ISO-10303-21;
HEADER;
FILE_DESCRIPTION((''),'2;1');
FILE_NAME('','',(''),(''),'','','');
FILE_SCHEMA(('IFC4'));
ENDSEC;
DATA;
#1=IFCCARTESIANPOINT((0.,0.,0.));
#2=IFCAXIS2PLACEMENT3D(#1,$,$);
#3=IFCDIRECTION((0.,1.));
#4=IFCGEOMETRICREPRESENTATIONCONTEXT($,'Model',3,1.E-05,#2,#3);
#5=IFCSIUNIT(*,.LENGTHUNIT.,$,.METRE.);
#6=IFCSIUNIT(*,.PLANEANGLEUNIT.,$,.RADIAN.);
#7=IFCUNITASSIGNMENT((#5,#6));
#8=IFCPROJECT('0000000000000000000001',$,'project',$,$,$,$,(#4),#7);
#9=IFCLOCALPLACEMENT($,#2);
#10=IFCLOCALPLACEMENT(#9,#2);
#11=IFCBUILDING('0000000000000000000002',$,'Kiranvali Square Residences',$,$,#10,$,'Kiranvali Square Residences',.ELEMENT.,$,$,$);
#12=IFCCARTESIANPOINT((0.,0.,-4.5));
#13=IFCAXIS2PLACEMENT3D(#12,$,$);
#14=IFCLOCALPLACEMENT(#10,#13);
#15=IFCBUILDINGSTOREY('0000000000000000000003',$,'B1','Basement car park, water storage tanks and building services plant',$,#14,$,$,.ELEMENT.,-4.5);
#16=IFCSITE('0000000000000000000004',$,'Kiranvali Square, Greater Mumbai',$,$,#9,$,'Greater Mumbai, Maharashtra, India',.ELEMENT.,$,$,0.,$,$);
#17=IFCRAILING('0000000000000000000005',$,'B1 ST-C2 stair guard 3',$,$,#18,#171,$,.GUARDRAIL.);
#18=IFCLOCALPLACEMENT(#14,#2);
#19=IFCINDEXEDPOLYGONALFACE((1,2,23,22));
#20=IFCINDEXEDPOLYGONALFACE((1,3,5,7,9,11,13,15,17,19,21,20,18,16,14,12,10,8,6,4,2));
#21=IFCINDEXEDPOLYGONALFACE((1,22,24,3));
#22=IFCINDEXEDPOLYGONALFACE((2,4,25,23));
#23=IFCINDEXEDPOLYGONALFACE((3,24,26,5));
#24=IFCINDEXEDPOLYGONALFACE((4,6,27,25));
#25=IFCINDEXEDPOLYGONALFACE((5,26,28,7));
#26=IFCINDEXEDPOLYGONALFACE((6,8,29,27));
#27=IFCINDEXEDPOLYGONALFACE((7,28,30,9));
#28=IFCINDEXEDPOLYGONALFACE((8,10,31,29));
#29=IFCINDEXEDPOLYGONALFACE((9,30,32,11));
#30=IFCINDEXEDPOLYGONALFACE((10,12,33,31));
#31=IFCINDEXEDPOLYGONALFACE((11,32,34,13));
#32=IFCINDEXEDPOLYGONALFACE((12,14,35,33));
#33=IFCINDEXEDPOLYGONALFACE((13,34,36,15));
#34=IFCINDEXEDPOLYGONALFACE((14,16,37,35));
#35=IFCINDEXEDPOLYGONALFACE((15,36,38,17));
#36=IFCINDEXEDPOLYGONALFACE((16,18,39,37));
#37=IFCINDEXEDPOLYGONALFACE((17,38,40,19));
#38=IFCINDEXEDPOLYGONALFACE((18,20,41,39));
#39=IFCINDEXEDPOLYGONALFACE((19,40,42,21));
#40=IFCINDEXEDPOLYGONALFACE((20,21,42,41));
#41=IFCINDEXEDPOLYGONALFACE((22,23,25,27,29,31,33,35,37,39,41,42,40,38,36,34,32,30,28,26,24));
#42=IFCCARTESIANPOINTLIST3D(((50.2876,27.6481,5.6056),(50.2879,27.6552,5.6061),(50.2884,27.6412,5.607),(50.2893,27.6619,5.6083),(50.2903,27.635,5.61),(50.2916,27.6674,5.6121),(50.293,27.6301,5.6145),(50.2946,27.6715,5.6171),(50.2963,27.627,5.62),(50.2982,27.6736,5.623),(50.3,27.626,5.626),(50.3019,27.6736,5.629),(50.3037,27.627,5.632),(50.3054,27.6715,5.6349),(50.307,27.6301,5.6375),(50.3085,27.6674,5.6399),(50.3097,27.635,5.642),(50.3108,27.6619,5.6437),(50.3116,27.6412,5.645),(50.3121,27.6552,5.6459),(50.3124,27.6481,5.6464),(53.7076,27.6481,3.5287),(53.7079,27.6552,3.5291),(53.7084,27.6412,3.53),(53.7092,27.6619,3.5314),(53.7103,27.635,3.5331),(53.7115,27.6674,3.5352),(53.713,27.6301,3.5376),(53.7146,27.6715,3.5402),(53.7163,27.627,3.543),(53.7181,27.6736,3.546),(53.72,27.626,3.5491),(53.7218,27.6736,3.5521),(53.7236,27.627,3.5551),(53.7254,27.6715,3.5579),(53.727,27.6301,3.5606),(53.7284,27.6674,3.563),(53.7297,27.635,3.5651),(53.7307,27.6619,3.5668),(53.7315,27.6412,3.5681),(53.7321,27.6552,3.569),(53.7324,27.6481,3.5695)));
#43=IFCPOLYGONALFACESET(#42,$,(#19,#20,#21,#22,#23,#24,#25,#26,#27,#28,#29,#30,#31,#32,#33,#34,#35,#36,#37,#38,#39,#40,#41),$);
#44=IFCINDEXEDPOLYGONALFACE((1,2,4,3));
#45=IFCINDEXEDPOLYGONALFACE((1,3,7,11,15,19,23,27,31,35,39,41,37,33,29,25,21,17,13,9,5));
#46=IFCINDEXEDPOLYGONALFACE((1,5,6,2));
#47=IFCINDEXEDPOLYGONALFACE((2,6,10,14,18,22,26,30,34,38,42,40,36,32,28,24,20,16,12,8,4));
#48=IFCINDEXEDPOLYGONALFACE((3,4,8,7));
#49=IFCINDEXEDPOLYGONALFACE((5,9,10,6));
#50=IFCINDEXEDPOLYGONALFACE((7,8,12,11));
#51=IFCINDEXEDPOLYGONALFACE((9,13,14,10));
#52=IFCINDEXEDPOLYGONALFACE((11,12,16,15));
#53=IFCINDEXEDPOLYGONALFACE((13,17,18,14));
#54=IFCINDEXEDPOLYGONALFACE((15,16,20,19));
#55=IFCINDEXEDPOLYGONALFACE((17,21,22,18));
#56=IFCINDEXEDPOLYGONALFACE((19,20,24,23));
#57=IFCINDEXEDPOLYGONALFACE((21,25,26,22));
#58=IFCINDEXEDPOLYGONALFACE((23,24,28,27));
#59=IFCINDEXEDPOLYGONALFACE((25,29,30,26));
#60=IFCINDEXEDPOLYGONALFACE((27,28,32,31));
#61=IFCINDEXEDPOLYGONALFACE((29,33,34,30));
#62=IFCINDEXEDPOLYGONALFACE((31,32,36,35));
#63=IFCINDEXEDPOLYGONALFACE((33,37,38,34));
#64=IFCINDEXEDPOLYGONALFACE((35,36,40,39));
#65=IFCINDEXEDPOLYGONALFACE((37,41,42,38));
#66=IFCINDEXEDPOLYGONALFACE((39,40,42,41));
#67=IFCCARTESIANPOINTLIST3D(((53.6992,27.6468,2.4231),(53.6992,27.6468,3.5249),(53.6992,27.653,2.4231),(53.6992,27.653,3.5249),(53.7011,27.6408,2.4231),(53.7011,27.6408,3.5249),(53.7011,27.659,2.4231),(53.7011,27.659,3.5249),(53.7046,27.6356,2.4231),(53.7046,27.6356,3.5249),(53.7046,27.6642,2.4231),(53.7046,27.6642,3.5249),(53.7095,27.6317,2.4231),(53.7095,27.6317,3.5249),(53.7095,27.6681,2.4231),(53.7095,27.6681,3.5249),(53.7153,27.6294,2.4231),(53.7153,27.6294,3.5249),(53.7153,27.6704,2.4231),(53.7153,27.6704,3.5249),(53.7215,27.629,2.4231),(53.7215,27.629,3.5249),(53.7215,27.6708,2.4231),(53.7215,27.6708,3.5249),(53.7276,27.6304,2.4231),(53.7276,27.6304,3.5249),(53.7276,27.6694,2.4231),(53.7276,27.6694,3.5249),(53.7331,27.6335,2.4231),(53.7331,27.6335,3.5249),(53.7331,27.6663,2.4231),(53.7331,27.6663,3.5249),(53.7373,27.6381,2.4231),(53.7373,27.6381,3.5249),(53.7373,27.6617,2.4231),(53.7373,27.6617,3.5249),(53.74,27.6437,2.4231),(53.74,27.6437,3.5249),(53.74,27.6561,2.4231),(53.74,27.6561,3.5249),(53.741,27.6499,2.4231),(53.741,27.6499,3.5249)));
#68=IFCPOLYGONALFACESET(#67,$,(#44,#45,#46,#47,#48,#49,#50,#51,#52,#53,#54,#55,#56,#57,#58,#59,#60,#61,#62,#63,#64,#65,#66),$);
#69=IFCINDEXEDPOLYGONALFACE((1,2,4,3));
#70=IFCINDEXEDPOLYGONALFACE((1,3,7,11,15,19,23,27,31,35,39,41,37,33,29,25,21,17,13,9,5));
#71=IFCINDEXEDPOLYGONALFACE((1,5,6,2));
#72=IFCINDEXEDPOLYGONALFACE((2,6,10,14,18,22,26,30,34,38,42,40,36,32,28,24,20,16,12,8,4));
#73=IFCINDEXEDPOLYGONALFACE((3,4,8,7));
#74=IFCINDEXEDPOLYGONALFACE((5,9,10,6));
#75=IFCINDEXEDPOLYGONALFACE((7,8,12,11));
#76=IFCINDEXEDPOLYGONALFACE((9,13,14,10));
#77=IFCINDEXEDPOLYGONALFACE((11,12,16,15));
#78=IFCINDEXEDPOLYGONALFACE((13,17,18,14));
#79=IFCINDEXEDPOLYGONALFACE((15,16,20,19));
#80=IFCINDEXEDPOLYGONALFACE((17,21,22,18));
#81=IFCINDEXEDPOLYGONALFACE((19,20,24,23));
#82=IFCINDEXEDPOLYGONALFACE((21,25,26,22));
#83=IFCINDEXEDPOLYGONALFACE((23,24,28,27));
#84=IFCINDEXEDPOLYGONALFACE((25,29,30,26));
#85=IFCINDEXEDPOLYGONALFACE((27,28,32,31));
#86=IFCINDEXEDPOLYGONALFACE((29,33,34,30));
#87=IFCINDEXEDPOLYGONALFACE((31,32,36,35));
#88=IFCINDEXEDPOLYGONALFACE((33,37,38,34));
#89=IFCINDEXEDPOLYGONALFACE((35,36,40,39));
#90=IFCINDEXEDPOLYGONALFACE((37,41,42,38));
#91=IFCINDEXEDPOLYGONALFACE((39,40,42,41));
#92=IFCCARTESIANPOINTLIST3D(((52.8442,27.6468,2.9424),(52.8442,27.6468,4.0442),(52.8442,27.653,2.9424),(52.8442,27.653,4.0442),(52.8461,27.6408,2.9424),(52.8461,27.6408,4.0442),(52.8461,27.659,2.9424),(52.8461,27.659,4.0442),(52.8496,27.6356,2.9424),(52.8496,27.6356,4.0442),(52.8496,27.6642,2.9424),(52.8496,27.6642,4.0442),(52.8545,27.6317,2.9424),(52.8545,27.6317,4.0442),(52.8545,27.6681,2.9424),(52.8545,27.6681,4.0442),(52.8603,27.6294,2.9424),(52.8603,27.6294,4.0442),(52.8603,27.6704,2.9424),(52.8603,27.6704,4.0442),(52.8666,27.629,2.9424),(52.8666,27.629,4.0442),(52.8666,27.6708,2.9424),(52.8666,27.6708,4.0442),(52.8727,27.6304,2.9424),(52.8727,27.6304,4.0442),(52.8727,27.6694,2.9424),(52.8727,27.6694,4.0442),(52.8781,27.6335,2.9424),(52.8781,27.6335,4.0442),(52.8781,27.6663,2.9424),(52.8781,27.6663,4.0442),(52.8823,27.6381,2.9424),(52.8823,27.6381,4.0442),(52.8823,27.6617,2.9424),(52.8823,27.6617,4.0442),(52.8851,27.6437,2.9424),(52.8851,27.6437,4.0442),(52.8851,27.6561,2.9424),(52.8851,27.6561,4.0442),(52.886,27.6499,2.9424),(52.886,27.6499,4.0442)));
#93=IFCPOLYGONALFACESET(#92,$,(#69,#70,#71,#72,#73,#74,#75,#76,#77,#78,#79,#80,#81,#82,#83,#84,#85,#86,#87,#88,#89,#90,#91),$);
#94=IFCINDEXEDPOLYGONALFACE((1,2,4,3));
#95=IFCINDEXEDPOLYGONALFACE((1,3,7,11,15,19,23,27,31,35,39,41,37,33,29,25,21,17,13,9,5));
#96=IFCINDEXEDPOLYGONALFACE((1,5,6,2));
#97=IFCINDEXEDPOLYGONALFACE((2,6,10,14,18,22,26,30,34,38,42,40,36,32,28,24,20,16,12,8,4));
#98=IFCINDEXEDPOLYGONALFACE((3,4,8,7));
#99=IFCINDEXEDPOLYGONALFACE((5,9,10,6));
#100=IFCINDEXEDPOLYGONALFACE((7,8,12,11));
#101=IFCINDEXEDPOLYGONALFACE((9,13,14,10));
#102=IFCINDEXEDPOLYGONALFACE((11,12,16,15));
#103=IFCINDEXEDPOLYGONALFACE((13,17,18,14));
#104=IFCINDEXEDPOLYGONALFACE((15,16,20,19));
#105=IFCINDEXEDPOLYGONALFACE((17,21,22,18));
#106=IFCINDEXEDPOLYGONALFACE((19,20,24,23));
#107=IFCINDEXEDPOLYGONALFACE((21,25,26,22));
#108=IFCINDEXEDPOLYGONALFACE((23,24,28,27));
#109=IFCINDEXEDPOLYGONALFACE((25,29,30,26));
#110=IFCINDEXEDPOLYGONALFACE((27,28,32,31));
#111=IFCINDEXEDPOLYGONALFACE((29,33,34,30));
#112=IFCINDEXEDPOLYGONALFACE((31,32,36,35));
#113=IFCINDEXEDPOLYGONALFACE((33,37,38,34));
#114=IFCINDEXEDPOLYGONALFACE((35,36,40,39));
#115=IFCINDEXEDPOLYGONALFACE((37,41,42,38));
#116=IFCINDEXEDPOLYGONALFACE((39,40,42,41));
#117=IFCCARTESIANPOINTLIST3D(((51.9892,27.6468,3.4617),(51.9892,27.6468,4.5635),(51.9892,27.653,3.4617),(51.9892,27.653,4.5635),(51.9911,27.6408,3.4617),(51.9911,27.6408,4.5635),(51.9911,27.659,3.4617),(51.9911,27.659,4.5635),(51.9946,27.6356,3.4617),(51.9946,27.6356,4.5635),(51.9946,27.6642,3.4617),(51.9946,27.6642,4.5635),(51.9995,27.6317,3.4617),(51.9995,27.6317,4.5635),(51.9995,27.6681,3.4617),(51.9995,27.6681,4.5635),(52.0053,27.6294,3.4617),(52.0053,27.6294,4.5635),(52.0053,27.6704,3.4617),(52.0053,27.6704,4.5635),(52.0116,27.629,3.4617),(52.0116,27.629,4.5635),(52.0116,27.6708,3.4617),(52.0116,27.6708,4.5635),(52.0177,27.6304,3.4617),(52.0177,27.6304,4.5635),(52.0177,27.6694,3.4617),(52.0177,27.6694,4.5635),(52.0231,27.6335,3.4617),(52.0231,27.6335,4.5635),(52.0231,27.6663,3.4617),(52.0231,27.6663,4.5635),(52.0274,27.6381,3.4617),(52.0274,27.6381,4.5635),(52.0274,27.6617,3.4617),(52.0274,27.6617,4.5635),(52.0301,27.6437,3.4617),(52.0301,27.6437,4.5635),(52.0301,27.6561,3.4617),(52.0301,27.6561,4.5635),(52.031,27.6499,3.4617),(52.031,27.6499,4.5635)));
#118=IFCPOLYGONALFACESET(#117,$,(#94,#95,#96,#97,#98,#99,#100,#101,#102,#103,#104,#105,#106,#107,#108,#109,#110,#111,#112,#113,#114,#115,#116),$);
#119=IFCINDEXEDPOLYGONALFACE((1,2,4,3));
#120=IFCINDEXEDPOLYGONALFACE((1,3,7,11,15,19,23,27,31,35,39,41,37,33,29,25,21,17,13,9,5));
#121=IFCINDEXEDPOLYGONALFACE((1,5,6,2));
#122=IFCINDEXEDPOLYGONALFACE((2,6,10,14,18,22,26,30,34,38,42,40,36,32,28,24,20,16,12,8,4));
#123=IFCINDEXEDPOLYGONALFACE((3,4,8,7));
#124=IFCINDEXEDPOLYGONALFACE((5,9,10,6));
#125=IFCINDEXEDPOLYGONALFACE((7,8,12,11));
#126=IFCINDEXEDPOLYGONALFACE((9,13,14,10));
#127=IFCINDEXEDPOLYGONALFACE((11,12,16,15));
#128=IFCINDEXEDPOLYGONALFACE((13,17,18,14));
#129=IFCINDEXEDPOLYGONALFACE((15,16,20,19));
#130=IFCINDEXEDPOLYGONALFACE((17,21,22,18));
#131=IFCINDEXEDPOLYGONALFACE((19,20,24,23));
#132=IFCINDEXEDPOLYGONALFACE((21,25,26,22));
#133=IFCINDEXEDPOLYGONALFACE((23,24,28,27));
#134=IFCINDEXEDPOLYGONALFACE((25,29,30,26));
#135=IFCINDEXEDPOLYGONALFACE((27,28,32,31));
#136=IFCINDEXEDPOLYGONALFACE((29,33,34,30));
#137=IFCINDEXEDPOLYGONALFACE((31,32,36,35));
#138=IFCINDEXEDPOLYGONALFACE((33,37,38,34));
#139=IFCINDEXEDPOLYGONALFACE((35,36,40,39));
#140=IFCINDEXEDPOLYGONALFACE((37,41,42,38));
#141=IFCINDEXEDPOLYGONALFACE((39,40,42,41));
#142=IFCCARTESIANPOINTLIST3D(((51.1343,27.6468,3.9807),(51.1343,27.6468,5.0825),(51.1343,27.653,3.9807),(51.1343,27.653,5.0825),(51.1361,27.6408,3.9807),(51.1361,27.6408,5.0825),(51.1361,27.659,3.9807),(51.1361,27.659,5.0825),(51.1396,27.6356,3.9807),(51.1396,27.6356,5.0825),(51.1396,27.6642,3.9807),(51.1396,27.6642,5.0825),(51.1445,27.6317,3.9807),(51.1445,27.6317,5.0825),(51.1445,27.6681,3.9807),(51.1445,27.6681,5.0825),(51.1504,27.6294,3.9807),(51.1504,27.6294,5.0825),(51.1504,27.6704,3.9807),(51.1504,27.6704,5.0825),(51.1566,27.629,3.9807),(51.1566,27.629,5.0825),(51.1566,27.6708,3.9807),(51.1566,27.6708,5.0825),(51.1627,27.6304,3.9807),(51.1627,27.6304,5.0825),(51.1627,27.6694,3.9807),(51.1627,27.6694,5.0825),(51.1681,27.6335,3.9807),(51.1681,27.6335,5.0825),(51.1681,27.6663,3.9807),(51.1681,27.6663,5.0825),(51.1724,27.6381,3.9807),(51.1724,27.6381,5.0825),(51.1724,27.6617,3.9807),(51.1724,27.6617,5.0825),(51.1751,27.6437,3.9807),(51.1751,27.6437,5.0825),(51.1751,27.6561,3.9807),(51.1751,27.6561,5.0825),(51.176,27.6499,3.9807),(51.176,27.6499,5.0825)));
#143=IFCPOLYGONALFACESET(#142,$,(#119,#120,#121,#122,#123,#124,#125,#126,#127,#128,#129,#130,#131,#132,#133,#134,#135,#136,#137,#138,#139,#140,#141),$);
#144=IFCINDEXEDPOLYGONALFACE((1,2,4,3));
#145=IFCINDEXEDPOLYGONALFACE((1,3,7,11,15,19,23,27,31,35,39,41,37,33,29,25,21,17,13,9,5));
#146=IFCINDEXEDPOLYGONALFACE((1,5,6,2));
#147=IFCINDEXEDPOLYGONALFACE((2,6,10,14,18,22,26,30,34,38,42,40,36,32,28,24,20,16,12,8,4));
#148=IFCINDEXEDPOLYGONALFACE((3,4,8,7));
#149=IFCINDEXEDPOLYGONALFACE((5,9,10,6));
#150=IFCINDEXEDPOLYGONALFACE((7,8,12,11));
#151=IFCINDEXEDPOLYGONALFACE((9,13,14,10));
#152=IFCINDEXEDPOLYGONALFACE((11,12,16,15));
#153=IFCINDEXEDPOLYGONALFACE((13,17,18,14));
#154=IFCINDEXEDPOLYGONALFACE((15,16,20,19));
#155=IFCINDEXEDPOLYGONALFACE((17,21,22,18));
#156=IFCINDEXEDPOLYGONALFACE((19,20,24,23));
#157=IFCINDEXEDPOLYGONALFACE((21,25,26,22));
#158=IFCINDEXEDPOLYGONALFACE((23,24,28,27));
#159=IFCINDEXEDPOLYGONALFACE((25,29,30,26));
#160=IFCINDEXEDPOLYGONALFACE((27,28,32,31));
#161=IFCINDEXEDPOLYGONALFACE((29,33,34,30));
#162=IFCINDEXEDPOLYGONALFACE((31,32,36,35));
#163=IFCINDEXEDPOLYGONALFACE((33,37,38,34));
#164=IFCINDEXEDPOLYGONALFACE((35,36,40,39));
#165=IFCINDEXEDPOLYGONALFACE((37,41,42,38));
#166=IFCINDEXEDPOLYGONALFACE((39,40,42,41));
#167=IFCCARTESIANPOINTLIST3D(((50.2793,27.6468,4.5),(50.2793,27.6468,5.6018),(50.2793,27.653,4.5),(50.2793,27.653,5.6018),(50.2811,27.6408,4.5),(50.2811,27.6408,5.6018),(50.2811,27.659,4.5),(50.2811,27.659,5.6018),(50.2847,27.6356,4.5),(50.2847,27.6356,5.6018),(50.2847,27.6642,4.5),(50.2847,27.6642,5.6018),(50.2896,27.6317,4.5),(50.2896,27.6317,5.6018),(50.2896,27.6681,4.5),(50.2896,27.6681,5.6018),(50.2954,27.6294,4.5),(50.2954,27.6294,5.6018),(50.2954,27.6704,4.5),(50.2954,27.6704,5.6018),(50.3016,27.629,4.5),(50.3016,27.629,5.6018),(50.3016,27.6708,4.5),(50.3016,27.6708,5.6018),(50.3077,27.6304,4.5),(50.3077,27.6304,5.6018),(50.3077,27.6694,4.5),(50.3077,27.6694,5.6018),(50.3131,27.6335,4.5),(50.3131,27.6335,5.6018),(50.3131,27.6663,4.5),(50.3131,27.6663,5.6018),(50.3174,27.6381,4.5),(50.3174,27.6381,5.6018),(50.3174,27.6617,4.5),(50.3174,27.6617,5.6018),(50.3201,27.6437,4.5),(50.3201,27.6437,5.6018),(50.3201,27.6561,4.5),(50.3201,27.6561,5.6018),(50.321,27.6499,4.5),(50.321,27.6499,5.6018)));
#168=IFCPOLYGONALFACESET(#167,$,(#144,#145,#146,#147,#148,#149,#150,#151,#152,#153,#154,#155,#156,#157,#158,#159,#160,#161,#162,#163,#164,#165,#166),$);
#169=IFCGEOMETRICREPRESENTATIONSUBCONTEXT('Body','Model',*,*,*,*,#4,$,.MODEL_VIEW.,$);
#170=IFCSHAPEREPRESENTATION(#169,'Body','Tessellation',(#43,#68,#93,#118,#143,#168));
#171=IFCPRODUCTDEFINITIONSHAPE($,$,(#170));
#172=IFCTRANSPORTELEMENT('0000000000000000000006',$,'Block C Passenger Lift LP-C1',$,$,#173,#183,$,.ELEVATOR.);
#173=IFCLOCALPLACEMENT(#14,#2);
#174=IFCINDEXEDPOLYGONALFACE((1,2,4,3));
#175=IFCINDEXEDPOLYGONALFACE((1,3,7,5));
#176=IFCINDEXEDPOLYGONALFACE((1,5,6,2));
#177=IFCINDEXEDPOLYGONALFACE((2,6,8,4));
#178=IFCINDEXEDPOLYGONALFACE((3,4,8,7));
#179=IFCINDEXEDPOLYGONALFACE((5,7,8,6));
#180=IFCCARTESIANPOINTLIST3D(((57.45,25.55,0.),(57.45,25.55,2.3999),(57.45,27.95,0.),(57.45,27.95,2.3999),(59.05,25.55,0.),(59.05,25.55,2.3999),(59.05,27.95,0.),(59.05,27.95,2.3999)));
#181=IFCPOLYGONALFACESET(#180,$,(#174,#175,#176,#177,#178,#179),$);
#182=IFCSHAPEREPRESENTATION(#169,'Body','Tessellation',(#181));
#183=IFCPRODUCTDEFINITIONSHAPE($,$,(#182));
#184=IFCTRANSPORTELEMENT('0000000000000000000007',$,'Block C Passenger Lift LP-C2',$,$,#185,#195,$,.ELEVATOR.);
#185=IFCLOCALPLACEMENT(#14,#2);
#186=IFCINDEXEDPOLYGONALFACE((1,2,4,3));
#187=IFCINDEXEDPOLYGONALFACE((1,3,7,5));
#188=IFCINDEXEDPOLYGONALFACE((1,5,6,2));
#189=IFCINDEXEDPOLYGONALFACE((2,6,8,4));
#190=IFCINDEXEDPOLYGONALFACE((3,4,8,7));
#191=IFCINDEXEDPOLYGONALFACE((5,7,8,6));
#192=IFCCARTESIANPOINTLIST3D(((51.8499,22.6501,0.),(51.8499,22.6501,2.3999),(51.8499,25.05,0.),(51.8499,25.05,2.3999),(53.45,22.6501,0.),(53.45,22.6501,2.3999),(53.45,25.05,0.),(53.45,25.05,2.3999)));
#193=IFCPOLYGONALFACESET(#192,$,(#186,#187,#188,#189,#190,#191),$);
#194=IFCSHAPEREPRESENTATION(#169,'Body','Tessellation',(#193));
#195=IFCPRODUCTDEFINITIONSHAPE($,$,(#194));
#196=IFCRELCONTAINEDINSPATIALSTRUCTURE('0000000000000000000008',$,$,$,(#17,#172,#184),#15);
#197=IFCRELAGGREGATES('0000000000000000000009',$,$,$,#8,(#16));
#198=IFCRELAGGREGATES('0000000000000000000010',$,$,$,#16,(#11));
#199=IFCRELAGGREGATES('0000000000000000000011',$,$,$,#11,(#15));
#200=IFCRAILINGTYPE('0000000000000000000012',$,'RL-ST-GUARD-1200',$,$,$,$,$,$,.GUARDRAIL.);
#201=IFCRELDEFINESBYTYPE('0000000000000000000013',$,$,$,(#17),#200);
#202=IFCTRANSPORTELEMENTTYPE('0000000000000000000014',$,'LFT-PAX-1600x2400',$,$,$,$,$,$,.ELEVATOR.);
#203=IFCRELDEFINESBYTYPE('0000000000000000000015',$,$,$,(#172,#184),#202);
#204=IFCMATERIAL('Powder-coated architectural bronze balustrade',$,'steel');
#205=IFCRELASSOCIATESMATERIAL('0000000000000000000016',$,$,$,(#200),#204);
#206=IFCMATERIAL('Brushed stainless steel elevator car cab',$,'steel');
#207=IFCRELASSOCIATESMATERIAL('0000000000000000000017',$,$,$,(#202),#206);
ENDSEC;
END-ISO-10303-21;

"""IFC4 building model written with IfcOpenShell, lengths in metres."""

from ifc_helpers import new_model, si_unit, direction, frame, origin, origin_2d, place, context, subcontext, project, spatial, rectangle, circle, extrude, material, type_object, element, save


model = new_model("IFC4")

# Units and contexts
model_context = context("Model", 3, precision=1e-05, world=origin(), true_north=direction((0.0, 1.0)))
body_context = subcontext(model_context, "Body", "Model", "MODEL_VIEW")
ifc_project = project(units=[si_unit("LENGTHUNIT", "METRE"), si_unit("PLANEANGLEUNIT", "RADIAN")], contexts=[model_context])

# Site, building, storey
site_placement = place(None, origin())
site = spatial("IfcSite", under=ifc_project, at=site_placement, Name="Kiranvali Square, Greater Mumbai", LongName="Greater Mumbai, Maharashtra, India", CompositionType="ELEMENT", RefElevation=0.0)
building_placement = place(site_placement, origin())
building = spatial("IfcBuilding", under=site, at=building_placement, Name="Kiranvali Square Residences", LongName="Kiranvali Square Residences", CompositionType="ELEMENT")
storey_placement = place(building_placement, frame((0.0, 0.0, -4.5)))
storey = spatial("IfcBuildingStorey", under=building, at=storey_placement, Name="B1", Description="Basement car park, water storage tanks and building services plant", CompositionType="ELEMENT", Elevation=-4.5)

# Railing
ifc_material_1 = material(Name="Powder-coated architectural bronze balustrade", Category="steel")
railing_type_1 = type_object("IfcRailingType", Name="RL-ST-GUARD-1200", PredefinedType="GUARDRAIL", material=ifc_material_1)
railing_1_placement = place(storey_placement, frame((53.72, 27.6499, 2.4231)))
element("IfcRailing", 1, at=railing_1_placement, inside=storey, type_object=railing_type_1, Name="B1 ST-C2 stair guard 3", PredefinedType="GUARDRAIL", context=body_context, shape_type="SweptSolid", body=[
    extrude(circle(Radius=0.0239, at=origin_2d()), frame((0.0, 0.0, 1.126), z_axis=(-0.85473, 0.0, 0.519074), x_axis=(0.0, -1.0, 0.0)), (0.0, 0.0, 1.0), 4.0012),
    extrude(circle(Radius=0.021, at=origin_2d()), origin(), (0.0, 0.0, 1.0), 1.1018),
    extrude(circle(Radius=0.021, at=origin_2d()), frame((-0.855, 0.0, 0.5193)), (0.0, 0.0, 1.0), 1.1018),
    extrude(circle(Radius=0.021, at=origin_2d()), frame((-1.71, 0.0, 1.0386)), (0.0, 0.0, 1.0), 1.1018),
    extrude(circle(Radius=0.021, at=origin_2d()), frame((-2.5649, 0.0, 1.5576)), (0.0, 0.0, 1.0), 1.1018),
    extrude(circle(Radius=0.021, at=origin_2d()), frame((-3.4199, 0.0, 2.0769)), (0.0, 0.0, 1.0), 1.1018),
])

# Transport elements
ifc_material_2 = material(Name="Brushed stainless steel elevator car cab", Category="steel")
transport_element_type = type_object("IfcTransportElementType", Name="LFT-PAX-1600x2400", PredefinedType="ELEVATOR", material=ifc_material_2)
for number, where, z_axis, x_axis, name in (
    (2, (58.25, 26.75, 0.0), (0.0, 0.0, 1.0), (1.0, 0.0, 0.0), "Block C Passenger Lift LP-C1"),
    (3, (52.6499, 23.8501, 0.0), (0.0, 0.0, 1.0), (1.0, 0.0, 0.0), "Block C Passenger Lift LP-C2"),
):
    element("IfcTransportElement", number, at=place(storey_placement, frame(where, z_axis=z_axis, x_axis=x_axis)), inside=storey, type_object=transport_element_type, Name=name, PredefinedType="ELEVATOR", context=body_context, shape_type="SweptSolid", body=[
        extrude(rectangle(XDim=1.6001, YDim=2.3999, at=origin_2d()), origin(), (0.0, 0.0, 1.0), 2.3999),
    ])

save(model, "model.ifc")
